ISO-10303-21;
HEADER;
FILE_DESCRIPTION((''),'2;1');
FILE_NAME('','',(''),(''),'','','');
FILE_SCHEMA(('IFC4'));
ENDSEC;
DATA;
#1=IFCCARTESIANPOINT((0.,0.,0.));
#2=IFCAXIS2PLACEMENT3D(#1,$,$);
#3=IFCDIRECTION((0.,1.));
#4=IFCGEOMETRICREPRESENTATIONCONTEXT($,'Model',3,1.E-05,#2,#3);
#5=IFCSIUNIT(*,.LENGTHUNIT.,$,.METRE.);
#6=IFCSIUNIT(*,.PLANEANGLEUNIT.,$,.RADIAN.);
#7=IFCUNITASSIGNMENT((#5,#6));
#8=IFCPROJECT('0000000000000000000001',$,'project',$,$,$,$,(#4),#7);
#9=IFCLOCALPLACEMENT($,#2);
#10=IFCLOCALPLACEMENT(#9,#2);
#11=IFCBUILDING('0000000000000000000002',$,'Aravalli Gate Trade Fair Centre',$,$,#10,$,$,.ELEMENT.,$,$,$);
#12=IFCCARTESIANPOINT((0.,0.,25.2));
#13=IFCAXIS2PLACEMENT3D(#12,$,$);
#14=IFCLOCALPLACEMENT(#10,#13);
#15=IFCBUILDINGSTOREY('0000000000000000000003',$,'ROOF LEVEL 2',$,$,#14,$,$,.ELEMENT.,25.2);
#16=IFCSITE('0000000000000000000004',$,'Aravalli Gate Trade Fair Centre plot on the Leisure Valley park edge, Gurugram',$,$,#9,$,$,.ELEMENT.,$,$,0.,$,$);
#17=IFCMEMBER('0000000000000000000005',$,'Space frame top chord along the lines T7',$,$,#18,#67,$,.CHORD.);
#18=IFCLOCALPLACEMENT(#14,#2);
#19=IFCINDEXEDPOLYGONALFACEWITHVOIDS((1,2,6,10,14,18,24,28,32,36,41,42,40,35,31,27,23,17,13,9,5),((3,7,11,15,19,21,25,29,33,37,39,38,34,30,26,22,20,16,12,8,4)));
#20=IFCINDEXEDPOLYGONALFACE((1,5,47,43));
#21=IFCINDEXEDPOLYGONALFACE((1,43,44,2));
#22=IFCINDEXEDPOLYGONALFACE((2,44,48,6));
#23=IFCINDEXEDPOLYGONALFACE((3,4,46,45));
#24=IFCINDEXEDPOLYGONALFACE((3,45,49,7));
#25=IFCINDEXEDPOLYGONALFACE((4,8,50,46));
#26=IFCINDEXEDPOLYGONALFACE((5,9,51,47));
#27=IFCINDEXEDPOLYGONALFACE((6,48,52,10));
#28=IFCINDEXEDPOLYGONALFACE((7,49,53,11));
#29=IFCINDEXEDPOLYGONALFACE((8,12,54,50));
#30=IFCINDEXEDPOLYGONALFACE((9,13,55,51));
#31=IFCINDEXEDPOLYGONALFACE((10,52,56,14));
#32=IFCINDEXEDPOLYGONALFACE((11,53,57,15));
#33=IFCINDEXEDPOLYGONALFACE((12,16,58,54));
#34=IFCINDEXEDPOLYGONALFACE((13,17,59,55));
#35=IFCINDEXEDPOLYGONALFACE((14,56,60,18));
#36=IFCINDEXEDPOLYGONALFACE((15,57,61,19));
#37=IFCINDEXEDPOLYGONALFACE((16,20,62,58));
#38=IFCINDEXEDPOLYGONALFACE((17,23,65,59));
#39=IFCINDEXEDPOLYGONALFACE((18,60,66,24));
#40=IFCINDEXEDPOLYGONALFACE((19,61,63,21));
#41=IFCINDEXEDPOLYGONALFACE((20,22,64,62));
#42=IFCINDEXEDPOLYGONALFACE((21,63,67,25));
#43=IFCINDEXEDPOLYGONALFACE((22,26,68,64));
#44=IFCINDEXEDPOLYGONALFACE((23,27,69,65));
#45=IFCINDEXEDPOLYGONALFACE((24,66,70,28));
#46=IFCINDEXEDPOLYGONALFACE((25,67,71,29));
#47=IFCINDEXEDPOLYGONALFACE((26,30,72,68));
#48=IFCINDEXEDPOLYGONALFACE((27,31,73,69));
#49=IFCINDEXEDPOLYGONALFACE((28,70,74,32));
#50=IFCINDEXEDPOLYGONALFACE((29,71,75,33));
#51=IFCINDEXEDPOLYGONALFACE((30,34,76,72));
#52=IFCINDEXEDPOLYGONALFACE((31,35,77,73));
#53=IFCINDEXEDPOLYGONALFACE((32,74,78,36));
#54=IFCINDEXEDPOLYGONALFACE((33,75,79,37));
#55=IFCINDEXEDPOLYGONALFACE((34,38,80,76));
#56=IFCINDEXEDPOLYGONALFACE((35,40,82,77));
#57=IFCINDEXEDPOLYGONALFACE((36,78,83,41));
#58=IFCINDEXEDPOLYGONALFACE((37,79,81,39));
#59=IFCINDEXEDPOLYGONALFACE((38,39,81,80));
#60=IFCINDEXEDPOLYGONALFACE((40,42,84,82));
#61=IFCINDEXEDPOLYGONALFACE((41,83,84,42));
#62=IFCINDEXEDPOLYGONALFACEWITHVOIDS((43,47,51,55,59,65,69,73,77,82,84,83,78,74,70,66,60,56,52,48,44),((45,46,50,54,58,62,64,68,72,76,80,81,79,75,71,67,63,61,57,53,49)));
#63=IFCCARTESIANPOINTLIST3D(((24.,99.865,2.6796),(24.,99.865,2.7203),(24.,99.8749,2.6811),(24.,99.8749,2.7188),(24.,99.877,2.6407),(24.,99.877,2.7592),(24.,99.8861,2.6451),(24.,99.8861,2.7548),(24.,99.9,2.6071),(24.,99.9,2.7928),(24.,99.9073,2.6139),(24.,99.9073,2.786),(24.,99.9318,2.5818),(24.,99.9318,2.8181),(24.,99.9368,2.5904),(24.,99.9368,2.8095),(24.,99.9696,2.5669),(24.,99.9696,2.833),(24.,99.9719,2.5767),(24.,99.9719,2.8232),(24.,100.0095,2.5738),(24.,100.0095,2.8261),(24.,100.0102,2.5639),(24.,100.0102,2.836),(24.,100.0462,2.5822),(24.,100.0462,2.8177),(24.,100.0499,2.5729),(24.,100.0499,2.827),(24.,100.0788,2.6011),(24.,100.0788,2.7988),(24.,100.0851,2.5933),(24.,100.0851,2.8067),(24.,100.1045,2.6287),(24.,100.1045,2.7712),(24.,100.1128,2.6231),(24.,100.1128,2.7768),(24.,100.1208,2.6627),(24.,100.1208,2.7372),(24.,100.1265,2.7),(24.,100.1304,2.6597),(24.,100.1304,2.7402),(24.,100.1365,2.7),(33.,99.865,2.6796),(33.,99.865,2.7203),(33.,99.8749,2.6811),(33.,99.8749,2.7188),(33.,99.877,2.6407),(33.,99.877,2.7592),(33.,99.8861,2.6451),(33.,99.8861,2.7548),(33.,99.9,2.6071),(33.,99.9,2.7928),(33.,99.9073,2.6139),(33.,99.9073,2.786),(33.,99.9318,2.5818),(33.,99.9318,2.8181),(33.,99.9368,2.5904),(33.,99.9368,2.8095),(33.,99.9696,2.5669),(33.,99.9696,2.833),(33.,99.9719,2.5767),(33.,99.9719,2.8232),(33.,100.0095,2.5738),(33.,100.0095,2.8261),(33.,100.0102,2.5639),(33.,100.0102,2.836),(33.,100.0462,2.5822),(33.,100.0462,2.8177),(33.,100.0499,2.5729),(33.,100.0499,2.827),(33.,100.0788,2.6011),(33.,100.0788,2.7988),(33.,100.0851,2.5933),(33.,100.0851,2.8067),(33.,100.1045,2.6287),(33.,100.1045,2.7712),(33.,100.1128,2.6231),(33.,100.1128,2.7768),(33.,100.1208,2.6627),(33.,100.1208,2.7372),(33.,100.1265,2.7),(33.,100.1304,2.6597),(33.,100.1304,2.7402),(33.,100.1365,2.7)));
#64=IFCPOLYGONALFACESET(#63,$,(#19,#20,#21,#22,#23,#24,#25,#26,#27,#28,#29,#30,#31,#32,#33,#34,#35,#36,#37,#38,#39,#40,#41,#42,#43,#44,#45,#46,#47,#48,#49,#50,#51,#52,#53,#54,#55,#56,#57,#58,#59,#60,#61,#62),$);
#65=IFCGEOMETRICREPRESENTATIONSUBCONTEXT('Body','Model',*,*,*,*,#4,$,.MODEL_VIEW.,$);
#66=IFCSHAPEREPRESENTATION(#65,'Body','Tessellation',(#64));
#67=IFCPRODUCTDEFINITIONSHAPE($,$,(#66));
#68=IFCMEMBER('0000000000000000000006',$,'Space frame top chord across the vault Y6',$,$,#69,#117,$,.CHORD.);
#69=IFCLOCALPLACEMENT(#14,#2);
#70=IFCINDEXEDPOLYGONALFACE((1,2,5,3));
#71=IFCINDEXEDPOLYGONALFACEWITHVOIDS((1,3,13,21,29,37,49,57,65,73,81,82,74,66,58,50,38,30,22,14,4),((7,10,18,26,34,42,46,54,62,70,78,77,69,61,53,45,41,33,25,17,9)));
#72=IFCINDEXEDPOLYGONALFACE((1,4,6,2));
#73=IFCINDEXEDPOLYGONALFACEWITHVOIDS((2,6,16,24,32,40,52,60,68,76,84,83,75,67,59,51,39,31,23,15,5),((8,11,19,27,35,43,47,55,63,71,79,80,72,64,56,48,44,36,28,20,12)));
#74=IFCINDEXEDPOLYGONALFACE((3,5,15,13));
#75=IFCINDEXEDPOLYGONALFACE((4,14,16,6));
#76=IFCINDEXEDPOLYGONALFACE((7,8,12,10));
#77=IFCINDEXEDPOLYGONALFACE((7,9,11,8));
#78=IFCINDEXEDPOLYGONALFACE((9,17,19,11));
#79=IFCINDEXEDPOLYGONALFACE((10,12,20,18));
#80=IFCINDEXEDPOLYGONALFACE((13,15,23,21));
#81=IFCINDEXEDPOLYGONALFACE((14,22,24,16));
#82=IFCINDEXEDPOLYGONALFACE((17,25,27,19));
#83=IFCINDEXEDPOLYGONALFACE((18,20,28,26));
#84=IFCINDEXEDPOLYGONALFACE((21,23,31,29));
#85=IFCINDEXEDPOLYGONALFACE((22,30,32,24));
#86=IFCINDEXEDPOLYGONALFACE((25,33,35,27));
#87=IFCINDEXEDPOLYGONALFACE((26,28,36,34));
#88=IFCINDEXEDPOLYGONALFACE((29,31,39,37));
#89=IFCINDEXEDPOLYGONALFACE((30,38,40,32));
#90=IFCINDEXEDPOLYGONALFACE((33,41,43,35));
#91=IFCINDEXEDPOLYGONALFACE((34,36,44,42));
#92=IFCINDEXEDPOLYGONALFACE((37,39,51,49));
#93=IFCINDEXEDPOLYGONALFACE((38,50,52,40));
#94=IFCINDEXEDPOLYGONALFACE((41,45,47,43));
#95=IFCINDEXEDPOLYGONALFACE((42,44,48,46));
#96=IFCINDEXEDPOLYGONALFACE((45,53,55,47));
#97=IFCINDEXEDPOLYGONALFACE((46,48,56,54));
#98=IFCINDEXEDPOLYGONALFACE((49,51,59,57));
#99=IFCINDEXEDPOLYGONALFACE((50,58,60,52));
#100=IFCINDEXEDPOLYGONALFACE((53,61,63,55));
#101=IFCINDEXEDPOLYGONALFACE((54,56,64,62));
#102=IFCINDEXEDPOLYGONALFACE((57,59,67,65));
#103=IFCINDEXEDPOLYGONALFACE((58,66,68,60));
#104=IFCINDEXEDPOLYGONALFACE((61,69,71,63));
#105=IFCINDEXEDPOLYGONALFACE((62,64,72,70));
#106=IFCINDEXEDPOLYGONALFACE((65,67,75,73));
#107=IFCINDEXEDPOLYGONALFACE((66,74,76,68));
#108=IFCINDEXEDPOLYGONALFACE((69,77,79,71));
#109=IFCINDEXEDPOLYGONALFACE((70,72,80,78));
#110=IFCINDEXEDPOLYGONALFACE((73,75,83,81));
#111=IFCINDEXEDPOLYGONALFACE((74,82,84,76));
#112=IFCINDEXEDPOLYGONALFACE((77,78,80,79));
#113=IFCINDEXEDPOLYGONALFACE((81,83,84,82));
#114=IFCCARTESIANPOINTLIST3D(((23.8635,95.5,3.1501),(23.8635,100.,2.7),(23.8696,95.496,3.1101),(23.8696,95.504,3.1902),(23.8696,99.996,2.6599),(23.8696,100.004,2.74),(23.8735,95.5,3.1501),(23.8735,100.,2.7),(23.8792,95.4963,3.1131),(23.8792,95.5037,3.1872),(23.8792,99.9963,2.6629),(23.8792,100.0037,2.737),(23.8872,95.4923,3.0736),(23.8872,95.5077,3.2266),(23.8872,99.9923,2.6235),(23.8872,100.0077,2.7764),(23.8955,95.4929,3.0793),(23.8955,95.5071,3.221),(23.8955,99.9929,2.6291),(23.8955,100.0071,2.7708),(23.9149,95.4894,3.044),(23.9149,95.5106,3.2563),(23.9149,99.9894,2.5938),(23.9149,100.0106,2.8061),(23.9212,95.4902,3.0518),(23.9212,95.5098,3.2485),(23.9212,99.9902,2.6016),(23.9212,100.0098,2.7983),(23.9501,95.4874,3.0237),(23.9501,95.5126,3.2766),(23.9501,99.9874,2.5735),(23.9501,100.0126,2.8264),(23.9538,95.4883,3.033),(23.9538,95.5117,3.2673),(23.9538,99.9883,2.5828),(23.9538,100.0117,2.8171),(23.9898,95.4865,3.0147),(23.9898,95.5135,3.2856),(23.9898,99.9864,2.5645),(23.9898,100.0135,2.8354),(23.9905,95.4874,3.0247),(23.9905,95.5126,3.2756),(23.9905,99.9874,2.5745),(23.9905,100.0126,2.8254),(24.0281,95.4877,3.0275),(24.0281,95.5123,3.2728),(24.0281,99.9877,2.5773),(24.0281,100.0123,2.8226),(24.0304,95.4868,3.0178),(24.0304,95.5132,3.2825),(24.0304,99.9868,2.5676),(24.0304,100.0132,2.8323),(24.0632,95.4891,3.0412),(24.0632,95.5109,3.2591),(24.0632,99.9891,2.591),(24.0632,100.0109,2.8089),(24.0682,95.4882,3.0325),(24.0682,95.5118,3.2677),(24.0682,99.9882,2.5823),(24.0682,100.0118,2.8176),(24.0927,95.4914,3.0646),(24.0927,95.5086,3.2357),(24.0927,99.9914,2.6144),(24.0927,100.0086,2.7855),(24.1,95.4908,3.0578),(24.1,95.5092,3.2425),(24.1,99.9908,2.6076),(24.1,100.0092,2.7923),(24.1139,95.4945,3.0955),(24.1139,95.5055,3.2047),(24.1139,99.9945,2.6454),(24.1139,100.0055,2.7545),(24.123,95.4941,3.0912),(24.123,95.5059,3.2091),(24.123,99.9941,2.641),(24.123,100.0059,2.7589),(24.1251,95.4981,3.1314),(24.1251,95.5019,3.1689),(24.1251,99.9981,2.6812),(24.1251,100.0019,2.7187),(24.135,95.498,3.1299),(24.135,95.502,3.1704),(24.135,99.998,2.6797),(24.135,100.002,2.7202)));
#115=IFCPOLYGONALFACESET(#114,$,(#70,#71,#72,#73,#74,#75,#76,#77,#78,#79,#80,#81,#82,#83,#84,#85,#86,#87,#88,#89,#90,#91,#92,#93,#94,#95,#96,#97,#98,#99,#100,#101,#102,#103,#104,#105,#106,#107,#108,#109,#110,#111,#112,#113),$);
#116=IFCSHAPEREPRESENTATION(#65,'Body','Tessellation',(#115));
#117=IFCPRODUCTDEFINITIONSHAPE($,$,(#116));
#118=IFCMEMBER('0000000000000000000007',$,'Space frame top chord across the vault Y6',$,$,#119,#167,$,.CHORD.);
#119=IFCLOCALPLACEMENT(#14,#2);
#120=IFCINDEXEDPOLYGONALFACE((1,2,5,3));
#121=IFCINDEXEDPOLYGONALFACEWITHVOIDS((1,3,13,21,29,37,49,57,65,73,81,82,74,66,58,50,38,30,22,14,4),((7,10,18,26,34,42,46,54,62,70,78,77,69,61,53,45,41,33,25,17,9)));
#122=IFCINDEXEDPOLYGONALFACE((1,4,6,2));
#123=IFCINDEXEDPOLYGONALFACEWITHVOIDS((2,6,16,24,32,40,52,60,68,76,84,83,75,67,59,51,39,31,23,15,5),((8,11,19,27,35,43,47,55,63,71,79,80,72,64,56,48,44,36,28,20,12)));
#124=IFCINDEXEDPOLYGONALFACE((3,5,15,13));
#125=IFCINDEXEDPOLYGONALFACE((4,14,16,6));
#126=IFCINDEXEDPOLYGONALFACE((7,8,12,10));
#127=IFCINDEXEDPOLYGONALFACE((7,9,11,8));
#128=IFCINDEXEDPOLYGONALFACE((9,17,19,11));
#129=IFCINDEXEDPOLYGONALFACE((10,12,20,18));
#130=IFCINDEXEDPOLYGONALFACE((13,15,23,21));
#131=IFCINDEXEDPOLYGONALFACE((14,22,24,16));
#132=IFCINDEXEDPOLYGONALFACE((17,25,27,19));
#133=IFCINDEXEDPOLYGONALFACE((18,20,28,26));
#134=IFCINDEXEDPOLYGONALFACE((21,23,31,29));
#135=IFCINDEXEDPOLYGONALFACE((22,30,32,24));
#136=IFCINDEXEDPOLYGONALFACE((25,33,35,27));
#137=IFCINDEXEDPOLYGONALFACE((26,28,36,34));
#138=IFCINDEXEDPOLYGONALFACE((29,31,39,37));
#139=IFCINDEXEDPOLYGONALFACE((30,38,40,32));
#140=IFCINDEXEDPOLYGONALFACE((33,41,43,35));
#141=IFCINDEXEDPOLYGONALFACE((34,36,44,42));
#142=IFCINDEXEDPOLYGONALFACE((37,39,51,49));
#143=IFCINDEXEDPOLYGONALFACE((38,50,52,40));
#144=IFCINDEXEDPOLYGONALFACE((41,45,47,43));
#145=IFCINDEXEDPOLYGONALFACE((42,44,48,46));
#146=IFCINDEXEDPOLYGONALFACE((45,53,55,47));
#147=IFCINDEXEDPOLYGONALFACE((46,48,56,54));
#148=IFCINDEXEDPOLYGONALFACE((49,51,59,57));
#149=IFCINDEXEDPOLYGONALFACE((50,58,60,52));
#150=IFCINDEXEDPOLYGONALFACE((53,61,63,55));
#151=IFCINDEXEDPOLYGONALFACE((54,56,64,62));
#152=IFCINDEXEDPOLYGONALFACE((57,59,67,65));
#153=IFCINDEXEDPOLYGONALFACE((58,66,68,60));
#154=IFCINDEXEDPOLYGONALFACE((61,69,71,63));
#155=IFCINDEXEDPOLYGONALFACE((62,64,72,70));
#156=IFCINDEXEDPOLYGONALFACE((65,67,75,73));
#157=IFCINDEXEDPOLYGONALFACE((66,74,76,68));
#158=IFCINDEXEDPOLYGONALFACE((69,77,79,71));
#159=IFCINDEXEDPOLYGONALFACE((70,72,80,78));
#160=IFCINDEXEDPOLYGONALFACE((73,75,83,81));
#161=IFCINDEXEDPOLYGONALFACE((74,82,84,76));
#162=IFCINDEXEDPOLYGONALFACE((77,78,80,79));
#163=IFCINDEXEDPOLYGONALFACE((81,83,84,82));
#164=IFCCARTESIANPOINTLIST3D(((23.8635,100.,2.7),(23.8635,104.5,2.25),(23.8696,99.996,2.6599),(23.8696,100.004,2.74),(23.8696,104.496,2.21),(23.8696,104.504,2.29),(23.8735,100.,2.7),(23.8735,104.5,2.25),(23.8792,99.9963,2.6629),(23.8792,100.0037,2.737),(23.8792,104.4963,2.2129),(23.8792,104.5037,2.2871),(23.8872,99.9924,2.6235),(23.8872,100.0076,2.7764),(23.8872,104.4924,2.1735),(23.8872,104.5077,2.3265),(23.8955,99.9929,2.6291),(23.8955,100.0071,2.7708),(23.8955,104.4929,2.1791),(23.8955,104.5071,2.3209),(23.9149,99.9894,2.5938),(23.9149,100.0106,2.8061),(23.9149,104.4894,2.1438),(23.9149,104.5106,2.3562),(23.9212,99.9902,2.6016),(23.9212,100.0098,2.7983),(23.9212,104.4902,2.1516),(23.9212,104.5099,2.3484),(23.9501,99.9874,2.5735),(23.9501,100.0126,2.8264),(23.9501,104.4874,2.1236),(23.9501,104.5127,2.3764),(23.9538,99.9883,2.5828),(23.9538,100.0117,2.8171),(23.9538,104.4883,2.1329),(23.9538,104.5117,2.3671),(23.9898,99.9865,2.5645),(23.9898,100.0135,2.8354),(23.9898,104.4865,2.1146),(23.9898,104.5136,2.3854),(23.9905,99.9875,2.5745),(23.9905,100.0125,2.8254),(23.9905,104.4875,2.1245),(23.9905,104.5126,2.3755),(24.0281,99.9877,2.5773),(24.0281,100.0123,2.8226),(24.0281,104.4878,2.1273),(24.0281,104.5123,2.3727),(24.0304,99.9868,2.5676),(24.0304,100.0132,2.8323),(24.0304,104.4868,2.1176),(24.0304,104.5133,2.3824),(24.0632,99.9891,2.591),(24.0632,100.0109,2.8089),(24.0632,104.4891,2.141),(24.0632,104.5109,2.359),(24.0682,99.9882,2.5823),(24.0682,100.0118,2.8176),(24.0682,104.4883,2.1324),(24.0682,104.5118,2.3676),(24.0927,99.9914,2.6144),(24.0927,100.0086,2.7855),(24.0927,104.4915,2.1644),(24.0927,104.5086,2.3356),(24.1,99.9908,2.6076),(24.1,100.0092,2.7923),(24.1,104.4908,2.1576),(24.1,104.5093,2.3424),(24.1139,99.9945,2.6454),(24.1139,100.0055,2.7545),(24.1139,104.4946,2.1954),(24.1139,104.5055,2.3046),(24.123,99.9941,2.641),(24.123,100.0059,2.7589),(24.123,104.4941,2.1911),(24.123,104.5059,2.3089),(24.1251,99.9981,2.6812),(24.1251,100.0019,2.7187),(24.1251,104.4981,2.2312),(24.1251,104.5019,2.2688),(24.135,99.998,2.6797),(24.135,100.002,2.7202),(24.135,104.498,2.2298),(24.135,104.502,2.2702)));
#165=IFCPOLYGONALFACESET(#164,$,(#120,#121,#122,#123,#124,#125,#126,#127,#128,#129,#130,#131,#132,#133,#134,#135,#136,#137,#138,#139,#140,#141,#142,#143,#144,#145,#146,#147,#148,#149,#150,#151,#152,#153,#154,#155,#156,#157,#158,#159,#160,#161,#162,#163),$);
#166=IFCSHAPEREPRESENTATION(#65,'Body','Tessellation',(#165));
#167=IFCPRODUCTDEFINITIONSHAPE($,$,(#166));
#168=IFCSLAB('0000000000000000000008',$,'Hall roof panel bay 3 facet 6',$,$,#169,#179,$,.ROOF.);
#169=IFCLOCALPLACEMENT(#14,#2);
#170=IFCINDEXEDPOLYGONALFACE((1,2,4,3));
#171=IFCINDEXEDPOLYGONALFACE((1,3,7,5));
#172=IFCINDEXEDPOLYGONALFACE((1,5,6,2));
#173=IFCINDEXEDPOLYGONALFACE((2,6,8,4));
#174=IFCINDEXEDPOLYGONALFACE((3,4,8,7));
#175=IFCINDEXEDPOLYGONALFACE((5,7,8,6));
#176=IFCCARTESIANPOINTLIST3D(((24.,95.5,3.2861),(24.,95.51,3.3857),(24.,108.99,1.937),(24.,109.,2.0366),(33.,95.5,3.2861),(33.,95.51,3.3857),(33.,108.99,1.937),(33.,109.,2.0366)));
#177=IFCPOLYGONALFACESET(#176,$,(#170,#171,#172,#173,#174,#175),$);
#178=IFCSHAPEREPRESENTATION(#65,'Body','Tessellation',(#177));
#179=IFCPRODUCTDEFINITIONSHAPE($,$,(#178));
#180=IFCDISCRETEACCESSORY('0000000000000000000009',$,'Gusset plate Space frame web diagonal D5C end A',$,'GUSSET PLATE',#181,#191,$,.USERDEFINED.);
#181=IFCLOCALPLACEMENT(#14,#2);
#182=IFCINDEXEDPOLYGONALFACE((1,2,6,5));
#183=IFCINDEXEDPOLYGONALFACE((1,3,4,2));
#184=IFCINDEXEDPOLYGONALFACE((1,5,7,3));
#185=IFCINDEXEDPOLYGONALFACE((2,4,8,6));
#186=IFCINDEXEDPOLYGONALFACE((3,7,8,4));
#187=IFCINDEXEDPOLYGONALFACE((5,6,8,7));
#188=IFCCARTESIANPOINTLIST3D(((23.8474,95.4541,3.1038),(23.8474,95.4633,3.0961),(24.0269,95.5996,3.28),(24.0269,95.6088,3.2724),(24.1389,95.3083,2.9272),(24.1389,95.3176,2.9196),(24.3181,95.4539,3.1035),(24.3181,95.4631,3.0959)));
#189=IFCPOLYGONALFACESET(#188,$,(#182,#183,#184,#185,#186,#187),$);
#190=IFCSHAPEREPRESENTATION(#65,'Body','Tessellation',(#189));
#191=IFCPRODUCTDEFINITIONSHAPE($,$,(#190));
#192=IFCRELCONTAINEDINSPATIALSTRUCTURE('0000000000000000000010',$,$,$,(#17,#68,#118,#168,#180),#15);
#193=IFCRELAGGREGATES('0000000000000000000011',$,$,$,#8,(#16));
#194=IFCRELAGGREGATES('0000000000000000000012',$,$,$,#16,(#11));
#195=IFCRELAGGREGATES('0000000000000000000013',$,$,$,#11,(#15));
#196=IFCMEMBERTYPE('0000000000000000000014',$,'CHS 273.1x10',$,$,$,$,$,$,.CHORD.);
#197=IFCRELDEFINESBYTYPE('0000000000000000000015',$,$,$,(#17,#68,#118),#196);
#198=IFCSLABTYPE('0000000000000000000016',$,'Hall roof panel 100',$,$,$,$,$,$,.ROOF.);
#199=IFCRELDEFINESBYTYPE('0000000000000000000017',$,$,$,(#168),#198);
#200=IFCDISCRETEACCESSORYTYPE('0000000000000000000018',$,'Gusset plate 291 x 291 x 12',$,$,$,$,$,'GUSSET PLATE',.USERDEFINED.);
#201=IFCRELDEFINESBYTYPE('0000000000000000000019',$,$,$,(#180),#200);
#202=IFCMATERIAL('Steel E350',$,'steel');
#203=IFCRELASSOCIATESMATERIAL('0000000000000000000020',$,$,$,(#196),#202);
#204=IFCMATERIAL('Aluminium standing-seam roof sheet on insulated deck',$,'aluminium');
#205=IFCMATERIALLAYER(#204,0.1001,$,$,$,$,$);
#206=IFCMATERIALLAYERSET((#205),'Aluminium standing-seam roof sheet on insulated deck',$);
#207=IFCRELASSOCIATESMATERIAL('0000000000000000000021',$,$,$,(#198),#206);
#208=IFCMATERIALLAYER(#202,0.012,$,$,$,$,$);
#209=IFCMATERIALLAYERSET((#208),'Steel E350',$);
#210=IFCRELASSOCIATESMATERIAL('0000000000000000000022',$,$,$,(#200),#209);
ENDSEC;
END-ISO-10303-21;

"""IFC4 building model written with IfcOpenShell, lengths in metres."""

from ifc_helpers import new_model, si_unit, direction, frame, origin, origin_2d, place, context, subcontext, project, spatial, polyline, hollow_circle, outline, extrude, material, layer, layer_set, material_profile, profile_set, type_object, element, save


model = new_model("IFC4")

# Units and contexts
model_context = context("Model", 3, precision=1e-05, world=origin(), true_north=direction((0.0, 1.0)))
body_context = subcontext(model_context, "Body", "Model", "MODEL_VIEW")
ifc_project = project(units=[si_unit("LENGTHUNIT", "METRE"), si_unit("PLANEANGLEUNIT", "RADIAN")], contexts=[model_context])

# Site, building, storey
site_placement = place(None, origin())
site = spatial("IfcSite", under=ifc_project, at=site_placement, Name="Aravalli Gate Trade Fair Centre plot on the Leisure Valley park edge, Gurugram", CompositionType="ELEMENT", RefElevation=0.0)
building_placement = place(site_placement, origin())
building = spatial("IfcBuilding", under=site, at=building_placement, Name="Aravalli Gate Trade Fair Centre", CompositionType="ELEMENT")
storey_placement = place(building_placement, frame((0.0, 0.0, 25.2)))
storey = spatial("IfcBuildingStorey", under=building, at=storey_placement, Name="ROOF LEVEL 2", CompositionType="ELEMENT", Elevation=25.2)

# Members
ifc_material_1 = material(Name="Steel E350", Category="steel")
ifc_material_profile_1 = material_profile(ifc_material_1, hollow_circle(Radius=0.1365, WallThickness=0.01, at=origin_2d()), Name="CHS 273.1x10")
ifc_profile_set_1 = profile_set([ifc_material_profile_1], Name="Steel E350")
member_type_1 = type_object("IfcMemberType", Name="CHS 273.1x10", PredefinedType="CHORD", material=ifc_profile_set_1)
for number, where, z_axis, x_axis, name in (
    (1, (24.0, 100.0, 2.7), (1.0, 0.0, 0.0), (0.0, 1.0, 0.0), "Space frame top chord along the lines T7"),
):
    element("IfcMember", number, at=place(storey_placement, frame(where, z_axis=z_axis, x_axis=x_axis)), inside=storey, type_object=member_type_1, Name=name, PredefinedType="CHORD", context=body_context, shape_type="SweptSolid", body=[
        extrude(hollow_circle(Radius=0.1365, WallThickness=0.01, at=origin_2d()), origin(), (0.0, 0.0, 1.0), 9.0),
    ])
for number, where, z_axis, x_axis, name in (
    (2, (24.0, 95.5, 3.1501), (0.0, 0.995033, -0.099546), (-1.0, 0.0, 0.0), "Space frame top chord across the vault Y6"),
    (3, (24.0, 100.0, 2.7), (0.0, 0.995038, -0.099493), (-1.0, 0.0, 0.0), "Space frame top chord across the vault Y6"),
):
    element("IfcMember", number, at=place(storey_placement, frame(where, z_axis=z_axis, x_axis=x_axis)), inside=storey, type_object=member_type_1, Name=name, PredefinedType="CHORD", context=body_context, shape_type="SweptSolid", body=[
        extrude(hollow_circle(Radius=0.1365, WallThickness=0.01, at=origin_2d()), origin(), (0.0, 0.0, 1.0), 4.5225),
    ])

# Slab
ifc_material_2 = material(Name="Aluminium standing-seam roof sheet on insulated deck", Category="aluminium")
ifc_layer_1 = layer(ifc_material_2, 0.1001)
ifc_layer_set_1 = layer_set([ifc_layer_1], Name="Aluminium standing-seam roof sheet on insulated deck")
slab_type = type_object("IfcSlabType", Name="Hall roof panel 100", PredefinedType="ROOF", material=ifc_layer_set_1)
slab_placement = place(storey_placement, frame((24.0, 95.51, 3.3857), z_axis=(0.0, 0.099513, 0.995036), x_axis=(1.0, 0.0, 0.0)))
element("IfcSlab", 4, at=slab_placement, inside=storey, type_object=slab_type, Name="Hall roof panel bay 3 facet 6", PredefinedType="ROOF", context=body_context, shape_type="SweptSolid", body=[
    extrude(outline(polyline([(0.0, 0.0), (9.0, 0.0), (9.0, 13.5573), (0.0, 13.5573), (0.0, 0.0)])), origin(), (0.0, 0.0, -1.0), 0.1001),
])

# Discrete accessory
ifc_layer_2 = layer(ifc_material_1, 0.012)
ifc_layer_set_2 = layer_set([ifc_layer_2], Name="Steel E350")
discrete_accessory_type_1 = type_object("IfcDiscreteAccessoryType", Name="Gusset plate 291 x 291 x 12", ElementType="GUSSET PLATE", PredefinedType="USERDEFINED", material=ifc_layer_set_2)
discrete_accessory_1_placement = place(storey_placement, frame((24.1389, 95.3083, 2.9272), z_axis=(-0.00007, -0.771155, 0.636648), x_axis=(-0.786484, 0.393242, 0.476238)))
element("IfcDiscreteAccessory", 5, at=discrete_accessory_1_placement, inside=storey, type_object=discrete_accessory_type_1, Name="Gusset plate Space frame web diagonal D5C end A", ObjectType="GUSSET PLATE", PredefinedType="USERDEFINED", context=body_context, shape_type="SweptSolid", body=[
    extrude(outline(polyline([(0.0, 0.0), (0.3706, 0.0), (0.3707, -0.2906), (0.0002, -0.2904), (0.0, 0.0)])), origin(), (0.0, 0.0, -1.0), 0.012),
])

save(model, "model.ifc")
